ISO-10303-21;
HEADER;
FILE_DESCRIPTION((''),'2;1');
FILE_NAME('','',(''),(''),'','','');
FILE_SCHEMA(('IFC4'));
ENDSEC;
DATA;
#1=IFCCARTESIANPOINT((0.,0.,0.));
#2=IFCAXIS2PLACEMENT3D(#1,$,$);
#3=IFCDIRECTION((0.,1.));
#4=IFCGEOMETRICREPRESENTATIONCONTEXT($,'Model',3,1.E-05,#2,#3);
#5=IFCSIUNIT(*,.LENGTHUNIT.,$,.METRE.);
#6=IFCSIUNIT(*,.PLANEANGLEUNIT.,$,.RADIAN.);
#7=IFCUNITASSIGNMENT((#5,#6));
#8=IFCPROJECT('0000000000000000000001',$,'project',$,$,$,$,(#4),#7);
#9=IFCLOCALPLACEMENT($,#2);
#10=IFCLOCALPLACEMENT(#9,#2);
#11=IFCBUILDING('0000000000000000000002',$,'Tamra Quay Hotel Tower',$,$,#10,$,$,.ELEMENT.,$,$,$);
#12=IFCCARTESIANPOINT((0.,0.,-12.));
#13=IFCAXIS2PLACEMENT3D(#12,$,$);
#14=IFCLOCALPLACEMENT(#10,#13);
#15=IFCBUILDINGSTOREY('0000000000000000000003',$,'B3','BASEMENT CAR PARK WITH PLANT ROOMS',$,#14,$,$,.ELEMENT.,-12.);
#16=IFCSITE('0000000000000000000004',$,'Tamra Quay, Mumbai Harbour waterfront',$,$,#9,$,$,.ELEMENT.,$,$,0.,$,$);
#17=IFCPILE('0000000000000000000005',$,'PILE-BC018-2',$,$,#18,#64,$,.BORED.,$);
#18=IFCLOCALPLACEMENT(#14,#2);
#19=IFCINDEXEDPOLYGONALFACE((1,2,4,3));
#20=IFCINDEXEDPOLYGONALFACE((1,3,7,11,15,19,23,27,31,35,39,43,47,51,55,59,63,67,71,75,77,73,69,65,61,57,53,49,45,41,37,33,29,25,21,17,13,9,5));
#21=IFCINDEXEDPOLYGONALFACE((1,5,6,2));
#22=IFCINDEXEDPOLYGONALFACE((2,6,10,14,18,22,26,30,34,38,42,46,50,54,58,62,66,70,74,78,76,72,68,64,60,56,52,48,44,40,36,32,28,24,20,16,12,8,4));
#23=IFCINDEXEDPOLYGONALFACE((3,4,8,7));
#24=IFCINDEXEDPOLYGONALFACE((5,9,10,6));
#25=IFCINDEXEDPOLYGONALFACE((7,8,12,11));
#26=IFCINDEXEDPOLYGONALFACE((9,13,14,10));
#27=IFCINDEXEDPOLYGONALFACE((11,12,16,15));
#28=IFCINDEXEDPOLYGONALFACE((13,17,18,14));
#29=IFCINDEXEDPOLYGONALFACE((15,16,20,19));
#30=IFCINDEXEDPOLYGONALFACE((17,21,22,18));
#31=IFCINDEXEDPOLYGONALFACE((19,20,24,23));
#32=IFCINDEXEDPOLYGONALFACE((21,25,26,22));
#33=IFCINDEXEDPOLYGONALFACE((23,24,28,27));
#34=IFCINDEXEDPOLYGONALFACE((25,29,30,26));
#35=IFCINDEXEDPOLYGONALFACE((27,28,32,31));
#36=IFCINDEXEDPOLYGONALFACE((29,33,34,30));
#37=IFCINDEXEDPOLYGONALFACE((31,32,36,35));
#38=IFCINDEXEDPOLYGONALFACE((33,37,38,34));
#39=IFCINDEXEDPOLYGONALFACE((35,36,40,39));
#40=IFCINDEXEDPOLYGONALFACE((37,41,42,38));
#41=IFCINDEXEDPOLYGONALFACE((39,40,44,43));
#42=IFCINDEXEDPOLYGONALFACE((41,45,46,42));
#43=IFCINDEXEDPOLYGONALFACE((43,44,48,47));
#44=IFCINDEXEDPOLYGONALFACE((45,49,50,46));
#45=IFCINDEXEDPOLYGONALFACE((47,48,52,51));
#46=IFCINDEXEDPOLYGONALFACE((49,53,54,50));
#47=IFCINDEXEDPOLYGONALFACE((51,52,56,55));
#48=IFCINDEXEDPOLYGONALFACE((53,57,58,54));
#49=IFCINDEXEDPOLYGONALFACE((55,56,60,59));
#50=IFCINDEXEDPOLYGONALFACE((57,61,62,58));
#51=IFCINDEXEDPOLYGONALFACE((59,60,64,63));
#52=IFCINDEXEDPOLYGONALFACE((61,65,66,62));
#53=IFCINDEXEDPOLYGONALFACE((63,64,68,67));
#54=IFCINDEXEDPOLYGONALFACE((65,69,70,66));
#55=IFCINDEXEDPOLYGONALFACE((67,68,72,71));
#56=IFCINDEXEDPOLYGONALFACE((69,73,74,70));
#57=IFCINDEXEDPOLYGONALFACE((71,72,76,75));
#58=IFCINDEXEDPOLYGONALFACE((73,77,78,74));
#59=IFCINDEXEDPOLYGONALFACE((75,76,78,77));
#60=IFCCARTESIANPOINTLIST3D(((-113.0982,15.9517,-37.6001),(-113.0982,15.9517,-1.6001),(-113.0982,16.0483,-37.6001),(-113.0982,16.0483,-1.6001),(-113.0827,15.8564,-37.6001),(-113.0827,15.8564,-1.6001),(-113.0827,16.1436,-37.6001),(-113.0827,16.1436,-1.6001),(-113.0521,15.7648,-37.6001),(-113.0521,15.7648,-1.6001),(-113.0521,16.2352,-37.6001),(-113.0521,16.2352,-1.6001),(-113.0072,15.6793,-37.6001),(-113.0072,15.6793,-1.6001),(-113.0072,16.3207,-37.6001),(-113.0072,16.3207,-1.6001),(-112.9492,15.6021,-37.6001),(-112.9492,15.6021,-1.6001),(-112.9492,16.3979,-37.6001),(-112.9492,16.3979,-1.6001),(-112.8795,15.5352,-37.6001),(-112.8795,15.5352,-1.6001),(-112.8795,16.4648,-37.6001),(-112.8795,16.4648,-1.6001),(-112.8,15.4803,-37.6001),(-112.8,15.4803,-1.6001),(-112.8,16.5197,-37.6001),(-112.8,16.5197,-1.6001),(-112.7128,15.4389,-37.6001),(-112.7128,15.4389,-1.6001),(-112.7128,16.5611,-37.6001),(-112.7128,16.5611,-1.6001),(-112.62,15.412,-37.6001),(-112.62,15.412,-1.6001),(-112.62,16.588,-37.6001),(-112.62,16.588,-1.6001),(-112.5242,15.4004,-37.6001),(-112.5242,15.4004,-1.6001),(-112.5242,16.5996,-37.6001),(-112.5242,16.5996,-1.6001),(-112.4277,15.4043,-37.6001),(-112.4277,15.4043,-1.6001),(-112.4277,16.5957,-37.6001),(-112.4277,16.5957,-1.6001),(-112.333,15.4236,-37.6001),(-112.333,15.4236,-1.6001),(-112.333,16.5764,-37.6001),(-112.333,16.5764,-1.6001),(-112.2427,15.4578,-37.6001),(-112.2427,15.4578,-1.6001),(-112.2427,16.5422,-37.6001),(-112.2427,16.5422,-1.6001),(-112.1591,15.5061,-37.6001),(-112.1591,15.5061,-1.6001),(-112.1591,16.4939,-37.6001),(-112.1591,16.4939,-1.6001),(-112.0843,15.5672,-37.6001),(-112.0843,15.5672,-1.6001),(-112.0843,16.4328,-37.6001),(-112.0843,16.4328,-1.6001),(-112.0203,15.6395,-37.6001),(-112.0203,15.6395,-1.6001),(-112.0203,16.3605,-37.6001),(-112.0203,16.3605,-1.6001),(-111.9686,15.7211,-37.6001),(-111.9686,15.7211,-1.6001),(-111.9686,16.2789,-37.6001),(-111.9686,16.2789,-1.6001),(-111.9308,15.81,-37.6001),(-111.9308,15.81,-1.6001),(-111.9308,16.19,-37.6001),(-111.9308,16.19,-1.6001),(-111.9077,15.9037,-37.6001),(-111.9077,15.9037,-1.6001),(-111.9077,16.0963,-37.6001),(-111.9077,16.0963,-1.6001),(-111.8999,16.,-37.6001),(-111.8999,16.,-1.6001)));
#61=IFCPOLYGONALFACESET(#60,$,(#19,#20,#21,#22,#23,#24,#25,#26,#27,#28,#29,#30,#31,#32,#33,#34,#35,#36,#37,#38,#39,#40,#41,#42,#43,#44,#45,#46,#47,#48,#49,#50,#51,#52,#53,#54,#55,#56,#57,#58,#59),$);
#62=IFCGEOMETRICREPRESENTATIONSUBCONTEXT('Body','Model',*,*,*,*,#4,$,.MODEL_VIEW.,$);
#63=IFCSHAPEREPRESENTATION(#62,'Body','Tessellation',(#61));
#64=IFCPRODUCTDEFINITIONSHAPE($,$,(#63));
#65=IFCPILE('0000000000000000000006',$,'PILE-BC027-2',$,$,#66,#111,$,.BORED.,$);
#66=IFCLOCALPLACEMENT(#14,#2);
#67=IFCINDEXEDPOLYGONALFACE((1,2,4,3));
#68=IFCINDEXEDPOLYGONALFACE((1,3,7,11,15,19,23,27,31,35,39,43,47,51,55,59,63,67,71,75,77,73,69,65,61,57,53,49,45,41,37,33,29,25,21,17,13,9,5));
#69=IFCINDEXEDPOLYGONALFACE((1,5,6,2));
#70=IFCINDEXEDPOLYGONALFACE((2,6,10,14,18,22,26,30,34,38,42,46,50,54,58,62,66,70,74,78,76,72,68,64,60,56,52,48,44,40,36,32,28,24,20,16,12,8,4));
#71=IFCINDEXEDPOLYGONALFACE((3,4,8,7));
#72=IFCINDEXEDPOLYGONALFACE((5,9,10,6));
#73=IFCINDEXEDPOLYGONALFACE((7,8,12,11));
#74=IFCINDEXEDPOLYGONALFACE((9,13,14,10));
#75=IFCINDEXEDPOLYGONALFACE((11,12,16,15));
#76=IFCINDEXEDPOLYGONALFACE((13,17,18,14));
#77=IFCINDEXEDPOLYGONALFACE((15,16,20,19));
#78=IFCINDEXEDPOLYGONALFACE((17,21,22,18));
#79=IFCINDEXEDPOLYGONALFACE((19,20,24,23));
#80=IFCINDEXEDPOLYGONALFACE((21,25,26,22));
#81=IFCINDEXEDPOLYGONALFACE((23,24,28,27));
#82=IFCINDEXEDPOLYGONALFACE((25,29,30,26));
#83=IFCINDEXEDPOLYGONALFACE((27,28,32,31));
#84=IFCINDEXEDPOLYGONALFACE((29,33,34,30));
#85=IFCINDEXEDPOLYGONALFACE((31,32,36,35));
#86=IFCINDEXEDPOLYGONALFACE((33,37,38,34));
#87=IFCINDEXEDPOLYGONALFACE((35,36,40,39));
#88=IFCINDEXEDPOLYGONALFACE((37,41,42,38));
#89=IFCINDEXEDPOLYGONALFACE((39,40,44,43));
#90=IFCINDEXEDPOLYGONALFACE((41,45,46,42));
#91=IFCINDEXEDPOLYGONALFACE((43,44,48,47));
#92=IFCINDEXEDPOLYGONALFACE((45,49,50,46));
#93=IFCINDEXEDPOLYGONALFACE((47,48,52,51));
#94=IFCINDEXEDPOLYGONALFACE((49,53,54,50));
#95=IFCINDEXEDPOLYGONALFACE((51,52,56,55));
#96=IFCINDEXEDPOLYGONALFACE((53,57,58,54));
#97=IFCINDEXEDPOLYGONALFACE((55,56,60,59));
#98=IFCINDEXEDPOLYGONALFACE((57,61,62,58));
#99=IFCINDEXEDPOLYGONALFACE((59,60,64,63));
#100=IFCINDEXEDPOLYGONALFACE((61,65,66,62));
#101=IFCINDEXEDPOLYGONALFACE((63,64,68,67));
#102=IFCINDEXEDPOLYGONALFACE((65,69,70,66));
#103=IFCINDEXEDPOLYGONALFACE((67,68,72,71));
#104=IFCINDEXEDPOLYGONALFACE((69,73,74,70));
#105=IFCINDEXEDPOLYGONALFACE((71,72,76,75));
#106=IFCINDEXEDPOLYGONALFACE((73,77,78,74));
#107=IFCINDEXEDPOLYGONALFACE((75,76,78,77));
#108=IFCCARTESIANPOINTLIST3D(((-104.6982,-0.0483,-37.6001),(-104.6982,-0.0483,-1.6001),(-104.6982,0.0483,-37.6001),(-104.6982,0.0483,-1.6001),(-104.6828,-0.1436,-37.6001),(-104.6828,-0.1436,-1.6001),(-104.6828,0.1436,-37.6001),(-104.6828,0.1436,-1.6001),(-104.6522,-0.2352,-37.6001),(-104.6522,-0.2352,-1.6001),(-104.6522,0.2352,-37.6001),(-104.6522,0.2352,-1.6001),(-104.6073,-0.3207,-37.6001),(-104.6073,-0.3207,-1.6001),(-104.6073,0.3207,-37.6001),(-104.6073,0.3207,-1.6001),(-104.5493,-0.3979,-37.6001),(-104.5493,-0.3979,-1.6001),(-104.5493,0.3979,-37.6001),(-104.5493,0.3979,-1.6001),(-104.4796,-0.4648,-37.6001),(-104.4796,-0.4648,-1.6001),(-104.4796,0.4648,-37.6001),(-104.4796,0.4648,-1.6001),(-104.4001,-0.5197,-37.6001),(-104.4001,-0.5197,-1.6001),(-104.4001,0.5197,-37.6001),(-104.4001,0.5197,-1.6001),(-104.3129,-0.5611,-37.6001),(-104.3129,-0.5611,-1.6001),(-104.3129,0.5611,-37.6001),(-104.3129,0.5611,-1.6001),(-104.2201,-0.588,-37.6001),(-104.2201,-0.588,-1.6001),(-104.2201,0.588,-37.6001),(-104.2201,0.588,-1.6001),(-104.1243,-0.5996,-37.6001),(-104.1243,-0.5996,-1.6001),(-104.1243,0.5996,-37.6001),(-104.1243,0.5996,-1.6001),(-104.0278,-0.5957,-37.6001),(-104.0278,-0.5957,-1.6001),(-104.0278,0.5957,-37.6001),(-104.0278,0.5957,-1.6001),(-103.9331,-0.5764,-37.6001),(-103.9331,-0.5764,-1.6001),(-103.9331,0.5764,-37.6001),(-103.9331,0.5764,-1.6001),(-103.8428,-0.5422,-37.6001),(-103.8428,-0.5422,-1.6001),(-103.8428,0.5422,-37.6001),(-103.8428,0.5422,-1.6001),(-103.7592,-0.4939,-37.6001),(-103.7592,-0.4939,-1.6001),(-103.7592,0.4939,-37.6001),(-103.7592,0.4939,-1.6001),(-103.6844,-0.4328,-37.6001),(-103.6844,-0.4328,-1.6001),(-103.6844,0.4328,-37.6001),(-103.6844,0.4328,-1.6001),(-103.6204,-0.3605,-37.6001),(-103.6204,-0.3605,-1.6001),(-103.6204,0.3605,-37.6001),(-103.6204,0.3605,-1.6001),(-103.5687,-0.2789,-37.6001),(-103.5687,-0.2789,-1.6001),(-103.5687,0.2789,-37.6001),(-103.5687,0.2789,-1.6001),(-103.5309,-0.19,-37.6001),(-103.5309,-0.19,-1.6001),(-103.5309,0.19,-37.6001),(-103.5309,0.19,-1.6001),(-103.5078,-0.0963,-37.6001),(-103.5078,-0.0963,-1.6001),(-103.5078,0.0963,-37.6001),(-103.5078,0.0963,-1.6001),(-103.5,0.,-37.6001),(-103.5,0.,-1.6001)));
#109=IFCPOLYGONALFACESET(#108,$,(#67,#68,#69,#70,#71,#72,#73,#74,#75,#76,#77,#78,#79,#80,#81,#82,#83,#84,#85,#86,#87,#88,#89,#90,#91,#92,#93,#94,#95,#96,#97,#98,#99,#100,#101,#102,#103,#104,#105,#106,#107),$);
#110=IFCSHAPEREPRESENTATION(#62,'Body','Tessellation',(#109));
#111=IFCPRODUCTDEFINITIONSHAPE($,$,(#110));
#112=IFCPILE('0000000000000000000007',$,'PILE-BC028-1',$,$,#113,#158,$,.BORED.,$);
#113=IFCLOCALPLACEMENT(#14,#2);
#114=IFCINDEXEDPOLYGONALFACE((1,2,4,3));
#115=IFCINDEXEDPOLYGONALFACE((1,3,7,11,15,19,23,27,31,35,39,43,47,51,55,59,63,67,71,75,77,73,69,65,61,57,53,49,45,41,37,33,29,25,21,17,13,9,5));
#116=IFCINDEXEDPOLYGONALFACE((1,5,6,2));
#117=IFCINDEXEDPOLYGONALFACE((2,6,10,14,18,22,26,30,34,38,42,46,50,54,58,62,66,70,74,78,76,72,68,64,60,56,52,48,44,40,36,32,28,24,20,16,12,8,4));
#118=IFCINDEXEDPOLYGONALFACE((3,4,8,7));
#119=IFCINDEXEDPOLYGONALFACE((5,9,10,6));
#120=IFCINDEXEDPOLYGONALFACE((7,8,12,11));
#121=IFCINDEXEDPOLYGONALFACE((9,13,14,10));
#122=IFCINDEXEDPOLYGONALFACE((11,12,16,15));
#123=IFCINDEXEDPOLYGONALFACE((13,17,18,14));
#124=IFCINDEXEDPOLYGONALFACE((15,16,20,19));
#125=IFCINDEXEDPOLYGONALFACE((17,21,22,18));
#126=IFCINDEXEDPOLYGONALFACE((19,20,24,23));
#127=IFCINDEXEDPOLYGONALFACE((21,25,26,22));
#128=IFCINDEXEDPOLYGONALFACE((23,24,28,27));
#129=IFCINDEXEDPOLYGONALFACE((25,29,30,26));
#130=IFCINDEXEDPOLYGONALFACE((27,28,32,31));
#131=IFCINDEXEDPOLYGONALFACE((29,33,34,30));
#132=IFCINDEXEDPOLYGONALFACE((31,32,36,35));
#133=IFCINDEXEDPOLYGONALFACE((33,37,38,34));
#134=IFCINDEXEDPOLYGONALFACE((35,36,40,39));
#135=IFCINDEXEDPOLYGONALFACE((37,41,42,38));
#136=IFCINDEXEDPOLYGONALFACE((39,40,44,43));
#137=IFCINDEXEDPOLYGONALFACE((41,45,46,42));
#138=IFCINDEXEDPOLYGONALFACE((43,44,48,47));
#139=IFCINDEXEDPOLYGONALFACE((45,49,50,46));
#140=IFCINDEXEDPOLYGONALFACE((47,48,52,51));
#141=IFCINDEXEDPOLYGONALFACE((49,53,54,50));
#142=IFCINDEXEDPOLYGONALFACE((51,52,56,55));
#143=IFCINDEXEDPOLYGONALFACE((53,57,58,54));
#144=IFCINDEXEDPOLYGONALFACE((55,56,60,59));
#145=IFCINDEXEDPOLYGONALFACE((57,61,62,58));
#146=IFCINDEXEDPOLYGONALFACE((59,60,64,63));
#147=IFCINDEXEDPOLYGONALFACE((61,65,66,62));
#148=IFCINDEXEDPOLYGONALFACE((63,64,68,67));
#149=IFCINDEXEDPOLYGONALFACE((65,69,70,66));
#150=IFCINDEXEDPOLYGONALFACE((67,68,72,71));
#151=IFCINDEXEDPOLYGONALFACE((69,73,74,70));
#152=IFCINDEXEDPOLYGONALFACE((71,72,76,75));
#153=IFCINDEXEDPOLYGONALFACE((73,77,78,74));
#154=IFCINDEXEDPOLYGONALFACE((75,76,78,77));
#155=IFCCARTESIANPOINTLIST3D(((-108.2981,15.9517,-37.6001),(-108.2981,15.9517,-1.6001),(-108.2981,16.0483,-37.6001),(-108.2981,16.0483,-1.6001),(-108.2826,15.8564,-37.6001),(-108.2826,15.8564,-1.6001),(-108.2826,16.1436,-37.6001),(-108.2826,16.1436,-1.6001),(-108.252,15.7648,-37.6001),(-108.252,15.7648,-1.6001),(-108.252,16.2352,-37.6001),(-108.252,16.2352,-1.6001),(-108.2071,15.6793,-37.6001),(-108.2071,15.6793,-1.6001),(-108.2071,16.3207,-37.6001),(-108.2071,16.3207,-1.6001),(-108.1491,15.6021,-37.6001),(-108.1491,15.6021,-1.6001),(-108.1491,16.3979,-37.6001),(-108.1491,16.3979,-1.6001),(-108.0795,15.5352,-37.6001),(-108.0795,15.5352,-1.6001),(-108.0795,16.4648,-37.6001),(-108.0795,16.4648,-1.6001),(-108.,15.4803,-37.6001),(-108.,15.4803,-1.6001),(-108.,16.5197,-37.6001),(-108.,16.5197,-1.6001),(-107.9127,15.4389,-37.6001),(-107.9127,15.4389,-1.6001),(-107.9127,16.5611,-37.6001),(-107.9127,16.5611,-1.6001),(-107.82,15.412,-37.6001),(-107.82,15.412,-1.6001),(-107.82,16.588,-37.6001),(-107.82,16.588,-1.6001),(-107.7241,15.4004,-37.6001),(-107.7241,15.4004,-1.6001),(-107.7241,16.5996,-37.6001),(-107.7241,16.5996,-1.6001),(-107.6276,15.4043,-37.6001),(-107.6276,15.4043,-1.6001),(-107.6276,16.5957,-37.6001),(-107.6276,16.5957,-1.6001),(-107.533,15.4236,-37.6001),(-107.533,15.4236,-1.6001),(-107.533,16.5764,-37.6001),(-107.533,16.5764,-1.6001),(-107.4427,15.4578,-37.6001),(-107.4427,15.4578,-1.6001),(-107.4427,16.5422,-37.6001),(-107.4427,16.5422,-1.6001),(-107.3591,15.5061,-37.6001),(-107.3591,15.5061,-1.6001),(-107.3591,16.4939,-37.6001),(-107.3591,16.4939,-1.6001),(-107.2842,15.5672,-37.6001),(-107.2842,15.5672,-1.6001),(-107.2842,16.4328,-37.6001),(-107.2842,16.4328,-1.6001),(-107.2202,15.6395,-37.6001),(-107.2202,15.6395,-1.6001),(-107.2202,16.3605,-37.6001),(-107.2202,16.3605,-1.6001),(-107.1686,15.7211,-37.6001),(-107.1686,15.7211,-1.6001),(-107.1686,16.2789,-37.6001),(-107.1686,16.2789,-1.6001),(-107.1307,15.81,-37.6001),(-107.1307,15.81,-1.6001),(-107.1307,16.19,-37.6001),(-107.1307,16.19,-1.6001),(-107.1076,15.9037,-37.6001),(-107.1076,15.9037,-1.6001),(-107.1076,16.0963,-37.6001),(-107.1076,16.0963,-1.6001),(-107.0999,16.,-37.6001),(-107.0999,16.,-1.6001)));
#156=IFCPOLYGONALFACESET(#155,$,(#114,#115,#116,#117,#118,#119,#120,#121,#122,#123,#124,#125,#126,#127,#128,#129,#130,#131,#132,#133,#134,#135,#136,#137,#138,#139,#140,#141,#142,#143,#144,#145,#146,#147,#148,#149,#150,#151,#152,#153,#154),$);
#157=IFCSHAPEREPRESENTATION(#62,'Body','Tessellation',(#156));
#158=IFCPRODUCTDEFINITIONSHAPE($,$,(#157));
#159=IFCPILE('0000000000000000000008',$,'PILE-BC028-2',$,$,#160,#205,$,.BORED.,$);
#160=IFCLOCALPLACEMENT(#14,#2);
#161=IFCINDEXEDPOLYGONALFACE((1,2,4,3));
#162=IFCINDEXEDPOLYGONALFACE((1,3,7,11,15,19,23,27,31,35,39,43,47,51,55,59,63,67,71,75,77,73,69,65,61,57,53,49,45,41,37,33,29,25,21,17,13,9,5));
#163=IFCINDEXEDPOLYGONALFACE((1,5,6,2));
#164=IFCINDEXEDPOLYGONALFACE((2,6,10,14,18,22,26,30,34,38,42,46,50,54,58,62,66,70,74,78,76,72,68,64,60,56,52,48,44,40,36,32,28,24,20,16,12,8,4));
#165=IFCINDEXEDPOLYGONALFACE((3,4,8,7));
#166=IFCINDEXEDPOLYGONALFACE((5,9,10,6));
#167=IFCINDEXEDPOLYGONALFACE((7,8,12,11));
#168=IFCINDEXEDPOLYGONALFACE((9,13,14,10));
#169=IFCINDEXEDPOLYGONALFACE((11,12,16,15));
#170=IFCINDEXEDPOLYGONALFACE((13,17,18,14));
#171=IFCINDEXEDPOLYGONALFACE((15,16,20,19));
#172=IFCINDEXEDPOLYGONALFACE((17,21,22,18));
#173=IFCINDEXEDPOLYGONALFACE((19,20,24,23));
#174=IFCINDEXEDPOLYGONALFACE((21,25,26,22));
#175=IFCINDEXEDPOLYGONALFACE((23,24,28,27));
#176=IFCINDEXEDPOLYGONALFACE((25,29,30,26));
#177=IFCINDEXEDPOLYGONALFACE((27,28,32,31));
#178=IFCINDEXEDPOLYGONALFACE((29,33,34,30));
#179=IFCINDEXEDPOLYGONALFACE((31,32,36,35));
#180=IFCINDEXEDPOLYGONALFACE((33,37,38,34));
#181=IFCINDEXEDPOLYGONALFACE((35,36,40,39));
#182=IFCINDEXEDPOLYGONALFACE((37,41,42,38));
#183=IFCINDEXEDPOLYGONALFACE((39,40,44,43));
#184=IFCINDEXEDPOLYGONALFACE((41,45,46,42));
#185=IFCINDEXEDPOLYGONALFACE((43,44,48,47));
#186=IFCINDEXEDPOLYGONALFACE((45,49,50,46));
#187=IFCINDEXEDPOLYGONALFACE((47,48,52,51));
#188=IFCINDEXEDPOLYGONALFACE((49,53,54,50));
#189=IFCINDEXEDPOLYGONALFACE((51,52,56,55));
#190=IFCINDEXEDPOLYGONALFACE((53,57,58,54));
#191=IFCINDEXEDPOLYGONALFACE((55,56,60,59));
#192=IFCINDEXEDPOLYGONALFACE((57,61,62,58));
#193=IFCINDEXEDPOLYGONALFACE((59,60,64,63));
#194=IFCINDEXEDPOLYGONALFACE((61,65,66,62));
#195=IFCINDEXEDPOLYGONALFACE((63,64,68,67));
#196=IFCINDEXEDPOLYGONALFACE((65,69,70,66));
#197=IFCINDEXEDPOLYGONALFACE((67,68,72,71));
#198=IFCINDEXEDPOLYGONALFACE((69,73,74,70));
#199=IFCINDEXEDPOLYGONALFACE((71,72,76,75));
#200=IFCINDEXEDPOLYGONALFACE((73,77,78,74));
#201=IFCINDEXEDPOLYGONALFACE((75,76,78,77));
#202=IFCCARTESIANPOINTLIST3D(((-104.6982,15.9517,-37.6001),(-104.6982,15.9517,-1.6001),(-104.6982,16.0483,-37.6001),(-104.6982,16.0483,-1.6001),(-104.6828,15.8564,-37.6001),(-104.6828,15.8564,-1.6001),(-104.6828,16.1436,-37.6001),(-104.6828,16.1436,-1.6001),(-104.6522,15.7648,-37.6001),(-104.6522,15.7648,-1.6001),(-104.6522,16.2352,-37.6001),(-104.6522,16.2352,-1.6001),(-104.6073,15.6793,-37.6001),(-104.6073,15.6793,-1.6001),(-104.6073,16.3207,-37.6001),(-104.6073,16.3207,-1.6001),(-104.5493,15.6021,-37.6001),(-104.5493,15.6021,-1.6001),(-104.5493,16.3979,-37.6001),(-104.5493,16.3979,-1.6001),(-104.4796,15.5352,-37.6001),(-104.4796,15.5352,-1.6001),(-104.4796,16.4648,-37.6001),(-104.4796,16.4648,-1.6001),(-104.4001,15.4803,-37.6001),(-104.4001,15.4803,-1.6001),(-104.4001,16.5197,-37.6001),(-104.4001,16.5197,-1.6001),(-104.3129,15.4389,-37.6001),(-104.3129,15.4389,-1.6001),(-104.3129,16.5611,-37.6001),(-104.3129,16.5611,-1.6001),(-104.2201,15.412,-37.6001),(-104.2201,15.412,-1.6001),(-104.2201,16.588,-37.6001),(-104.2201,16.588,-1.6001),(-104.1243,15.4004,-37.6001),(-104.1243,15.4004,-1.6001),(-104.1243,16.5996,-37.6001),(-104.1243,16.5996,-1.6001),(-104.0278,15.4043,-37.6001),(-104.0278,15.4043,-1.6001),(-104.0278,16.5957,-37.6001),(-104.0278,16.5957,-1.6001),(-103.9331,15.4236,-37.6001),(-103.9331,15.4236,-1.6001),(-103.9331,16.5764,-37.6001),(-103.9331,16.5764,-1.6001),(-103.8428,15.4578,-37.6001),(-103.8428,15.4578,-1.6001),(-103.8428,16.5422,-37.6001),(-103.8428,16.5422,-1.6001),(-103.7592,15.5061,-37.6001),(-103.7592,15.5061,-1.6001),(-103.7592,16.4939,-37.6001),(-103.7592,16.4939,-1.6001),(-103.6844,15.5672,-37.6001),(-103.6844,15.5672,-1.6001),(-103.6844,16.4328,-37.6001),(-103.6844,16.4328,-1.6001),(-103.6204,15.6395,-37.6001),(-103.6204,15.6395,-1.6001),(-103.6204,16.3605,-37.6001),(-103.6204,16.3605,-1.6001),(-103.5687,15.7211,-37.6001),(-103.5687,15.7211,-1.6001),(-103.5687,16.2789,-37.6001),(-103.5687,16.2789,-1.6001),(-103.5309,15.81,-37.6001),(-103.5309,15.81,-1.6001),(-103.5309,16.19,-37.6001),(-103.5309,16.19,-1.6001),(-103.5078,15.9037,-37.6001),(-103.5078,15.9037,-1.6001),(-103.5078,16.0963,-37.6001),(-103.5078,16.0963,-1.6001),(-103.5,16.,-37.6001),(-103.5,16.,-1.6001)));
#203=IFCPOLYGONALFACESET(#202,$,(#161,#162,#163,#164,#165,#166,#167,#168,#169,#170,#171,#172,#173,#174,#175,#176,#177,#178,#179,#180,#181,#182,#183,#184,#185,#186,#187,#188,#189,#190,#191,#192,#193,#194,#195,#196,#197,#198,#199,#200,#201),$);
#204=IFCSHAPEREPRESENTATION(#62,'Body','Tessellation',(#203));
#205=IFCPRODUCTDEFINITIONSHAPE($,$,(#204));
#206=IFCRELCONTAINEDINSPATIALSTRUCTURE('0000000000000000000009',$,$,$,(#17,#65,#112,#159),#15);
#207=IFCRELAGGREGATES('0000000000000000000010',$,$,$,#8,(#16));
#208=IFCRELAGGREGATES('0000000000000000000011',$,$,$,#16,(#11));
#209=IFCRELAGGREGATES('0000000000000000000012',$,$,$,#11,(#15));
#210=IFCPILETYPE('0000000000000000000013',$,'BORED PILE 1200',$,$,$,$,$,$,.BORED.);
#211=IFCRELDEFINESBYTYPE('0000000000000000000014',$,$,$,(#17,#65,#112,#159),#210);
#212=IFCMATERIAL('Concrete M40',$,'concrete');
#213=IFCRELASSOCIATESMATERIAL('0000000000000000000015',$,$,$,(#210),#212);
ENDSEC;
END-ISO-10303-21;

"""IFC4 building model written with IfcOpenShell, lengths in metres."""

from ifc_helpers import new_model, si_unit, direction, frame, origin, origin_2d, place, context, subcontext, project, spatial, circle, extrude, material, material_profile, profile_set, type_object, element, save


model = new_model("IFC4")

# Units and contexts
model_context = context("Model", 3, precision=1e-05, world=origin(), true_north=direction((0.0, 1.0)))
body_context = subcontext(model_context, "Body", "Model", "MODEL_VIEW")
ifc_project = project(units=[si_unit("LENGTHUNIT", "METRE"), si_unit("PLANEANGLEUNIT", "RADIAN")], contexts=[model_context])

# Site, building, storey
site_placement = place(None, origin())
site = spatial("IfcSite", under=ifc_project, at=site_placement, Name="Tamra Quay, Mumbai Harbour waterfront", CompositionType="ELEMENT", RefElevation=0.0)
building_placement = place(site_placement, origin())
building = spatial("IfcBuilding", under=site, at=building_placement, Name="Tamra Quay Hotel Tower", CompositionType="ELEMENT")
storey_placement = place(building_placement, frame((0.0, 0.0, -12.0)))
storey = spatial("IfcBuildingStorey", under=building, at=storey_placement, Name="B3", Description="BASEMENT CAR PARK WITH PLANT ROOMS", CompositionType="ELEMENT", Elevation=-12.0)

# Piles
ifc_material_1 = material(Name="Concrete M40", Category="concrete")
ifc_material_profile_1 = material_profile(ifc_material_1, circle(Radius=0.6001, at=origin_2d()), Name="BORED PILE 1200")
ifc_profile_set_1 = profile_set([ifc_material_profile_1], Name="Concrete M40")
pile_type = type_object("IfcPileType", Name="BORED PILE 1200", PredefinedType="BORED", material=ifc_profile_set_1)
for number, where, z_axis, x_axis, name in (
    (1, (-112.5, 16.0, -1.6001), (0.0, 0.0, -1.0), (1.0, 0.0, 0.0), "PILE-BC018-2"),
    (2, (-104.1001, 0.0, -1.6001), (0.0, 0.0, -1.0), (1.0, 0.0, 0.0), "PILE-BC027-2"),
    (3, (-107.7, 16.0, -1.6001), (0.0, 0.0, -1.0), (1.0, 0.0, 0.0), "PILE-BC028-1"),
    (4, (-104.1001, 16.0, -1.6001), (0.0, 0.0, -1.0), (1.0, 0.0, 0.0), "PILE-BC028-2"),
):
    element("IfcPile", number, at=place(storey_placement, frame(where, z_axis=z_axis, x_axis=x_axis)), inside=storey, type_object=pile_type, Name=name, PredefinedType="BORED", context=body_context, shape_type="SweptSolid", body=[
        extrude(circle(Radius=0.6001, at=origin_2d()), origin(), (0.0, 0.0, 1.0), 36.0),
    ])

save(model, "model.ifc")
